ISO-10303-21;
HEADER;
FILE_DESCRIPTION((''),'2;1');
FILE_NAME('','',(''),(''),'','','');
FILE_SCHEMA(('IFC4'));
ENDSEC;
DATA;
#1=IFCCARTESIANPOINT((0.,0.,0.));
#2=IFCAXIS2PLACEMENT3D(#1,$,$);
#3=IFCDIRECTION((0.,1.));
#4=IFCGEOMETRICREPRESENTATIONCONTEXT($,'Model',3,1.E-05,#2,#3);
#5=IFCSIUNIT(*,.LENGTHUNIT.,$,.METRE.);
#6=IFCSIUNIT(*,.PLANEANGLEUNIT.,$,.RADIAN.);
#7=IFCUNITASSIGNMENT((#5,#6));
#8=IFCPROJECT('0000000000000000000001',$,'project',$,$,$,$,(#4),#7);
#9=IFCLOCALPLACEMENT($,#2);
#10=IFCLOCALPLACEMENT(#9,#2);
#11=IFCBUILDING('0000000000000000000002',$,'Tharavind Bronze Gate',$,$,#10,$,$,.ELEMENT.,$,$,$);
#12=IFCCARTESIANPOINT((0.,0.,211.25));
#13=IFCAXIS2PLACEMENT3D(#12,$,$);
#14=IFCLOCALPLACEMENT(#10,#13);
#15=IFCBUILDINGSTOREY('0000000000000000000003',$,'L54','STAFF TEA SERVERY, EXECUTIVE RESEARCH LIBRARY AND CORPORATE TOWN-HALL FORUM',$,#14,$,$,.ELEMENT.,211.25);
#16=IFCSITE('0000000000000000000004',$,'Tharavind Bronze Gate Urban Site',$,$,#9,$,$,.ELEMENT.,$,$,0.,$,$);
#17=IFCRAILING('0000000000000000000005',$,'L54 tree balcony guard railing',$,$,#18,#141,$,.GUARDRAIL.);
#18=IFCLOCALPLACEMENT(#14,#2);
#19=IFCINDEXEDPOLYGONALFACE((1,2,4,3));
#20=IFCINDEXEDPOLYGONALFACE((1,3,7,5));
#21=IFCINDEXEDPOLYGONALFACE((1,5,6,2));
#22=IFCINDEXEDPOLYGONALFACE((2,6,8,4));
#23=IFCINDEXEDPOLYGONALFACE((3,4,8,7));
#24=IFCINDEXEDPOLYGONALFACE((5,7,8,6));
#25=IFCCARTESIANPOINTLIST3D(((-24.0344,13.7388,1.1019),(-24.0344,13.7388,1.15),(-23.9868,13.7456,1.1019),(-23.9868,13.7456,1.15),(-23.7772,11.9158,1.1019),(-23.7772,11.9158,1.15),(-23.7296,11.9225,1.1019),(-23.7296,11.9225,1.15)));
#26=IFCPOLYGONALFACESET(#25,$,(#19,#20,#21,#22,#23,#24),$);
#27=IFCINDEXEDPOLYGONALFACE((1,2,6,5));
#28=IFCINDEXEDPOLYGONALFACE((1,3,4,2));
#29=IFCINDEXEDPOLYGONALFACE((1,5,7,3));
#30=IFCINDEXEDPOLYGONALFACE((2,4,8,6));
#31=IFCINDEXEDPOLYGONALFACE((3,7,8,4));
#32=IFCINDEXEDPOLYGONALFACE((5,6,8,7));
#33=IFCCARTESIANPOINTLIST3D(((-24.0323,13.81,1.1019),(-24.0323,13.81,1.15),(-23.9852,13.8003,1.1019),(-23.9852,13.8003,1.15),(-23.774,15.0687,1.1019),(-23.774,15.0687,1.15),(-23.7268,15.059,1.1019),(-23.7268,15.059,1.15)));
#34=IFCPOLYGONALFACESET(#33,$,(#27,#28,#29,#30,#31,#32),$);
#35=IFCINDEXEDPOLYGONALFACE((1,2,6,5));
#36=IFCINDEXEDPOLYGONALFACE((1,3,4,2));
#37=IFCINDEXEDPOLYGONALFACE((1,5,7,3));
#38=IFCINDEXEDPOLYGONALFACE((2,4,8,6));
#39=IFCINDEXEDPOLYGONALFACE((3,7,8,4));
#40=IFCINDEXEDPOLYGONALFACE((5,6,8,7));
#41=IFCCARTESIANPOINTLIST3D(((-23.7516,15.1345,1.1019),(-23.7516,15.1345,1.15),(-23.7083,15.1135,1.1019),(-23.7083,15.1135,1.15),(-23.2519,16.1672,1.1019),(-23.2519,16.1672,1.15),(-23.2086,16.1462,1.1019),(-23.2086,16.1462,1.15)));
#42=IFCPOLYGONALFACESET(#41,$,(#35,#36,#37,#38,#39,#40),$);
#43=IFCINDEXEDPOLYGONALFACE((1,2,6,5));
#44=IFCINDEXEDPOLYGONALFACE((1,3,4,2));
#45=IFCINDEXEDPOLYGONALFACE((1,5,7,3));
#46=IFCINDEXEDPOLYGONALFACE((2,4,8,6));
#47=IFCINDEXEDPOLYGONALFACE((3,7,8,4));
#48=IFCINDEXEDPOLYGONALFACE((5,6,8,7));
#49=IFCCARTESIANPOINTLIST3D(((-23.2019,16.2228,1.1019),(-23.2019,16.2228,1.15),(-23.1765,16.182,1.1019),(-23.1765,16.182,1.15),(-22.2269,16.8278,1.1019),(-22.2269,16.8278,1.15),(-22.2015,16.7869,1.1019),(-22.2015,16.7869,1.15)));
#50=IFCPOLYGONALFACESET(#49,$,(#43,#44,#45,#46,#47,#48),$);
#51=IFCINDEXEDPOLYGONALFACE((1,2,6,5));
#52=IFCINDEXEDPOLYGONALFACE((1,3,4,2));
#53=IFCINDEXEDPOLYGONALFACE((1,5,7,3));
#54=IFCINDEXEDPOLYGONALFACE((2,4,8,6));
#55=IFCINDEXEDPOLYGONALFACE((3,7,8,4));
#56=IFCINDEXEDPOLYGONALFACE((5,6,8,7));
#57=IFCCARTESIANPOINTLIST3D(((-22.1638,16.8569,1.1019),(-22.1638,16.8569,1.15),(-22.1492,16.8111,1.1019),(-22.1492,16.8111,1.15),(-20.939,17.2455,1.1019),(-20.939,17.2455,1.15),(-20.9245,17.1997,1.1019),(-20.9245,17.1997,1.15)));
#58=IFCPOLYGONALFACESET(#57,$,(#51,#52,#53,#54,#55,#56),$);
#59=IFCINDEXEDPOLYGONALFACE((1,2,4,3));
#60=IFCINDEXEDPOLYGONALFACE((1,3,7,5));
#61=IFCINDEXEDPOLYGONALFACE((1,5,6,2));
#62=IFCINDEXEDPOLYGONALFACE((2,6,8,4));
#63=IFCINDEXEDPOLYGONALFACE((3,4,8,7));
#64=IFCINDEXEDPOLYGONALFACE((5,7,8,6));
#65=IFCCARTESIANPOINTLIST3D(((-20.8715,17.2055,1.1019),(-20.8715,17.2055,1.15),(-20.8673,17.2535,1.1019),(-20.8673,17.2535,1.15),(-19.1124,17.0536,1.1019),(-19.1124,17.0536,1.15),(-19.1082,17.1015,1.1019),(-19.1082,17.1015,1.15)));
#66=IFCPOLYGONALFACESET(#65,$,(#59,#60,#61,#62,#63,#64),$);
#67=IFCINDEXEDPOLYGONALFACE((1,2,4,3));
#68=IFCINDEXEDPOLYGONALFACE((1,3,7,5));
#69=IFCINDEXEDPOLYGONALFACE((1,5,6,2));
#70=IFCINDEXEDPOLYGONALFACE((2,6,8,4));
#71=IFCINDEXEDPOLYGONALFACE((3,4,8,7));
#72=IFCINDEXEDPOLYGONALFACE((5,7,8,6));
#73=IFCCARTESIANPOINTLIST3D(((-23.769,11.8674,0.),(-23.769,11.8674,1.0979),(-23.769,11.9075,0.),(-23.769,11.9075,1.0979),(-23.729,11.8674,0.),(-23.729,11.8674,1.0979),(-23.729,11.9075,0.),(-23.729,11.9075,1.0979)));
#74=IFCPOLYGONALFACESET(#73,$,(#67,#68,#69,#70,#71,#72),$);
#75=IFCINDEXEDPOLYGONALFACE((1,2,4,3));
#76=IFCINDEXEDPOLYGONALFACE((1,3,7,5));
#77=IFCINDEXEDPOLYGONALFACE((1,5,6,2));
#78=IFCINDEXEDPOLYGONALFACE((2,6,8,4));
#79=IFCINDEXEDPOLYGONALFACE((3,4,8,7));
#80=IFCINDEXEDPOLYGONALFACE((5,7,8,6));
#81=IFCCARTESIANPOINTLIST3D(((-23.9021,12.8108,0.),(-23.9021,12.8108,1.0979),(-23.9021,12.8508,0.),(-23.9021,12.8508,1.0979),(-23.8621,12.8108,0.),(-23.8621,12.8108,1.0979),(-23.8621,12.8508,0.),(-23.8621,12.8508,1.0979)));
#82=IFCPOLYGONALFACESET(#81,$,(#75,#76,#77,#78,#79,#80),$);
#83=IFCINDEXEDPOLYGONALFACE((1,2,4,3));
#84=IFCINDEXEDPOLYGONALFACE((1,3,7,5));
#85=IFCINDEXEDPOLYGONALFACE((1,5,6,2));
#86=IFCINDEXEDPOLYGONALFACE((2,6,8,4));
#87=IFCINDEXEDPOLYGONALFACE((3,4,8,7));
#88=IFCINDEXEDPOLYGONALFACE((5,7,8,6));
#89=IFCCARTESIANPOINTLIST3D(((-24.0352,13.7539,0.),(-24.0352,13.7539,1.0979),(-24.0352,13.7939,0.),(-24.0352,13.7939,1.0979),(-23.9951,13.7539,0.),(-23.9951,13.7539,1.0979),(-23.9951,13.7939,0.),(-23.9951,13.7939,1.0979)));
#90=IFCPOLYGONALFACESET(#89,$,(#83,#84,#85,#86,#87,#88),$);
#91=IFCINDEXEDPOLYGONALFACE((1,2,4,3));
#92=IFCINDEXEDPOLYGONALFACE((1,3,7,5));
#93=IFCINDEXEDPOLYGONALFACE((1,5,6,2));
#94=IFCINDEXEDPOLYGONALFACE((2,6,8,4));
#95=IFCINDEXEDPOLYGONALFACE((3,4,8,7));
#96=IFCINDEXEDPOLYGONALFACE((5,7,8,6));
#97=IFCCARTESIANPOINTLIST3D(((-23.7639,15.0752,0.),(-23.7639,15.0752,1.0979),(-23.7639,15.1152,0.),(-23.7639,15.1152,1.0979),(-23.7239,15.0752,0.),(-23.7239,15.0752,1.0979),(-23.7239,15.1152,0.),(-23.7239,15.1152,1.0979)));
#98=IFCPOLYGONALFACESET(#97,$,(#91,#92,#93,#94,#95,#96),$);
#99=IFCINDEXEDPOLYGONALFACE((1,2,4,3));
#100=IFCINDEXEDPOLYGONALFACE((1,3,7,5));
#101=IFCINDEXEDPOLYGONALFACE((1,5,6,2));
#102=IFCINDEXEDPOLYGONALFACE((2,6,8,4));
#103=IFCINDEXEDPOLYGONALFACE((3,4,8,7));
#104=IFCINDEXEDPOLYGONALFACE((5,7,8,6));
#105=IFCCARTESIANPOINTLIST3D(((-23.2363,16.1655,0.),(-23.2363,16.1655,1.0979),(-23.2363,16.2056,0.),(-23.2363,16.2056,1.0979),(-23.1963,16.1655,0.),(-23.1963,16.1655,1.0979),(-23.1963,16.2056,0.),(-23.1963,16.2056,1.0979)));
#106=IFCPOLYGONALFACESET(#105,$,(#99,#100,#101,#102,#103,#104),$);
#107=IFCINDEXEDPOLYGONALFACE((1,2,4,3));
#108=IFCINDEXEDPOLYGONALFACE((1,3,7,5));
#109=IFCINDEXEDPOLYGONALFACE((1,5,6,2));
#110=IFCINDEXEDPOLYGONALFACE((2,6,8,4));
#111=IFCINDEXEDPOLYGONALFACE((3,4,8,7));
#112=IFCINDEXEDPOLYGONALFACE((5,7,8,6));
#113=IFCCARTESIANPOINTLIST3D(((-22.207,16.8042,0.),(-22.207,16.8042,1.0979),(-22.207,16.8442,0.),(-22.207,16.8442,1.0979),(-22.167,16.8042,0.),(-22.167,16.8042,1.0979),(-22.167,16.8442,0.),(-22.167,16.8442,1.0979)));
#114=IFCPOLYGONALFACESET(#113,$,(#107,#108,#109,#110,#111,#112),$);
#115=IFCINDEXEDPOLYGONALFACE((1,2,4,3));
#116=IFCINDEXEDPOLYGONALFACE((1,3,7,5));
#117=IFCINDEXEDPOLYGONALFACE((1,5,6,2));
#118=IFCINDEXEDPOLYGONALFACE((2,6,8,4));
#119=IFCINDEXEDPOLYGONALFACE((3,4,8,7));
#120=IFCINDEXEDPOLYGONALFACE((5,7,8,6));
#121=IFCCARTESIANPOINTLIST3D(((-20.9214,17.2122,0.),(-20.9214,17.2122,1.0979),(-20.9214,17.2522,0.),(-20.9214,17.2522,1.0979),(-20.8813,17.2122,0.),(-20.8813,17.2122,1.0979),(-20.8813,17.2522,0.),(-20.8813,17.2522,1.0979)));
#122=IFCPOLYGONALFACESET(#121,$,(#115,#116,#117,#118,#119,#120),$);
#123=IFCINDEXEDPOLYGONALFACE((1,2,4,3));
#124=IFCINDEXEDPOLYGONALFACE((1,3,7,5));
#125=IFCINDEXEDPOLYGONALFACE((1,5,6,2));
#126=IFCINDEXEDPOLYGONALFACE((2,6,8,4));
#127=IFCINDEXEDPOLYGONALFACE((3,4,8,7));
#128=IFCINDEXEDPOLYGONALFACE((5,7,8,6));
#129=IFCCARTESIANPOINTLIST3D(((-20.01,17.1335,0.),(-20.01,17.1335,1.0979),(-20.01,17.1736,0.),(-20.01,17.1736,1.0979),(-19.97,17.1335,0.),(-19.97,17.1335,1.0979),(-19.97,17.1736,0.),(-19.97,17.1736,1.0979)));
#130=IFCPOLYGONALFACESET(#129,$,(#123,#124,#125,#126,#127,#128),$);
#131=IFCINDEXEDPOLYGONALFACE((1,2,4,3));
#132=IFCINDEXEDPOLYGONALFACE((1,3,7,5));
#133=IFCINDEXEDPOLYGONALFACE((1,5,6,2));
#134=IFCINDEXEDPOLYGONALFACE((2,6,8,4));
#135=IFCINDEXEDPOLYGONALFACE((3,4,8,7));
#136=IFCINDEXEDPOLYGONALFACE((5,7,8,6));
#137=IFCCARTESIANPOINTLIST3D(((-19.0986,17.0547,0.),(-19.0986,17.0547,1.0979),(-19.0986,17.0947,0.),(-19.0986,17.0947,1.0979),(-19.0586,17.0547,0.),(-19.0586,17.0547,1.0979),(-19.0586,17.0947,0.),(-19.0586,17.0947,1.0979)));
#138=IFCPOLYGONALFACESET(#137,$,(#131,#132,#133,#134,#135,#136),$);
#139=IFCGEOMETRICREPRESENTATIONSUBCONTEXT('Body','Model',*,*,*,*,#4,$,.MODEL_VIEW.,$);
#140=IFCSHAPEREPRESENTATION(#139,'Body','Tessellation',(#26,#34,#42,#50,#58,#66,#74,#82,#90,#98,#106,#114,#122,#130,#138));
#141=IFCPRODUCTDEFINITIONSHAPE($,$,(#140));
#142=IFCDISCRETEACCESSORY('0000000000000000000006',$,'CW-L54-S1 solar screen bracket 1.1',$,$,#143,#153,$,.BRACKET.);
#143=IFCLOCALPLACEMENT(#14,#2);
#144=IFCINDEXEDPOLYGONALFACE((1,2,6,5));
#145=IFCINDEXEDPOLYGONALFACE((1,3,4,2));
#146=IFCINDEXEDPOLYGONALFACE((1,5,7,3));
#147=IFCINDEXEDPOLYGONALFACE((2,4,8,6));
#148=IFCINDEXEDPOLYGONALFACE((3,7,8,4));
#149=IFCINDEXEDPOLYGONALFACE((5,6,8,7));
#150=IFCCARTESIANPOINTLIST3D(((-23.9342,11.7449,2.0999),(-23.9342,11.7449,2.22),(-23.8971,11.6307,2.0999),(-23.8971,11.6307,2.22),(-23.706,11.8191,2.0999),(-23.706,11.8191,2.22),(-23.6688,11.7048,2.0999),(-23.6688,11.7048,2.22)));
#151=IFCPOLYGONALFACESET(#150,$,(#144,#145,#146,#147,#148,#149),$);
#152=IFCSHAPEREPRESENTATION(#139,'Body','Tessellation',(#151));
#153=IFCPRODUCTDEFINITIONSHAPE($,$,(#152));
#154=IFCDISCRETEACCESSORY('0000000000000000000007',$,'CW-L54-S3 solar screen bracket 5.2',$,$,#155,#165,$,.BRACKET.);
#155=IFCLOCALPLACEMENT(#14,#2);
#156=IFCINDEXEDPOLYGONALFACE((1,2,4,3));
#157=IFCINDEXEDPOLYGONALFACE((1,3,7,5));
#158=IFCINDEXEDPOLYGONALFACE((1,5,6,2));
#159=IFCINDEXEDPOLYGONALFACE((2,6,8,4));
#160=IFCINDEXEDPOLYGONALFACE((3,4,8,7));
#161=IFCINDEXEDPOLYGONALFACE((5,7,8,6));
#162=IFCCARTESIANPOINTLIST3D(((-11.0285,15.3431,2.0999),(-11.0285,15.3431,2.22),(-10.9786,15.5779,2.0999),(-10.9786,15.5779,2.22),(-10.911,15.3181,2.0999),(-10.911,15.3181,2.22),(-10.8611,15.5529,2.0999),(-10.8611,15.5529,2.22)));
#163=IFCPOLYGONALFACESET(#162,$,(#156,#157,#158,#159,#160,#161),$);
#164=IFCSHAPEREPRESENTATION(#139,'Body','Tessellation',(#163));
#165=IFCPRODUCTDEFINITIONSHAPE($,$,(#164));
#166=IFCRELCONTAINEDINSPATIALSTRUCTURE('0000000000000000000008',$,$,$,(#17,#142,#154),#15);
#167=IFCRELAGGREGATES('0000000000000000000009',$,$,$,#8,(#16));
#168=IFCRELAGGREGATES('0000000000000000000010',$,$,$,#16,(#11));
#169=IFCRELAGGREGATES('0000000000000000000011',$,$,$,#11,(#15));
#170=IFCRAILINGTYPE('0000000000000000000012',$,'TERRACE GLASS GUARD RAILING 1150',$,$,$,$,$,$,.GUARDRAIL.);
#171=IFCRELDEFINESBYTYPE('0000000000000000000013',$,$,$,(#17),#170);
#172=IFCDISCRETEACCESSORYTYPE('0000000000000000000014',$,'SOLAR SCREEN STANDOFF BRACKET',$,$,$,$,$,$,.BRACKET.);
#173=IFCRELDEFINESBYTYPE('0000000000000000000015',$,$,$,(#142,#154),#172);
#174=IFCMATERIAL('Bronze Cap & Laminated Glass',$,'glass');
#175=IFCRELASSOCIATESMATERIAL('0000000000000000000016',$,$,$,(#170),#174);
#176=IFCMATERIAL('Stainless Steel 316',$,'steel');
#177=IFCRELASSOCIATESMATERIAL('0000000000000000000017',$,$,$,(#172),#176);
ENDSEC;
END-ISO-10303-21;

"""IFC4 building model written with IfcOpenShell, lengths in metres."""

from ifc_helpers import new_model, si_unit, direction, frame, origin, origin_2d, place, context, subcontext, project, spatial, rectangle, extrude, material, type_object, element, save


model = new_model("IFC4")

# Units and contexts
model_context = context("Model", 3, precision=1e-05, world=origin(), true_north=direction((0.0, 1.0)))
body_context = subcontext(model_context, "Body", "Model", "MODEL_VIEW")
ifc_project = project(units=[si_unit("LENGTHUNIT", "METRE"), si_unit("PLANEANGLEUNIT", "RADIAN")], contexts=[model_context])

# Site, building, storey
site_placement = place(None, origin())
site = spatial("IfcSite", under=ifc_project, at=site_placement, Name="Tharavind Bronze Gate Urban Site", CompositionType="ELEMENT", RefElevation=0.0)
building_placement = place(site_placement, origin())
building = spatial("IfcBuilding", under=site, at=building_placement, Name="Tharavind Bronze Gate", CompositionType="ELEMENT")
storey_placement = place(building_placement, frame((0.0, 0.0, 211.25)))
storey = spatial("IfcBuildingStorey", under=building, at=storey_placement, Name="L54", Description="STAFF TEA SERVERY, EXECUTIVE RESEARCH LIBRARY AND CORPORATE TOWN-HALL FORUM", CompositionType="ELEMENT", Elevation=211.25)

# Railing
ifc_material_1 = material(Name="Bronze Cap & Laminated Glass", Category="glass")
railing_type = type_object("IfcRailingType", Name="TERRACE GLASS GUARD RAILING 1150", PredefinedType="GUARDRAIL", material=ifc_material_1)
railing_placement = place(storey_placement, frame((-23.749, 11.8875, 0.0)))
element("IfcRailing", 1, at=railing_placement, inside=storey, type_object=railing_type, Name="L54 tree balcony guard railing", PredefinedType="GUARDRAIL", context=body_context, shape_type="SweptSolid", body=[
    extrude(rectangle(XDim=0.0481, YDim=0.0481, at=origin_2d()), frame((-0.0044, 0.0317, 1.126), z_axis=(-0.139681, 0.990197, 0.0), x_axis=(-0.990197, -0.139681, 0.0)), (0.0, 0.0, 1.0), 1.8411),
    extrude(rectangle(XDim=0.0481, YDim=0.0481, at=origin_2d()), frame((-0.2598, 1.9177, 1.126), z_axis=(0.201091, 0.979573, 0.0), x_axis=(-0.979573, 0.201091, 0.0)), (0.0, 0.0, 1.0), 1.2849),
    extrude(rectangle(XDim=0.0481, YDim=0.0481, at=origin_2d()), frame((0.019, 3.2366, 1.126), z_axis=(0.435566, 0.900157, 0.0), x_axis=(-0.900157, 0.435566, 0.0)), (0.0, 0.0, 1.0), 1.1472),
    extrude(rectangle(XDim=0.0481, YDim=0.0481, at=origin_2d()), frame((0.5598, 4.3149, 1.126), z_axis=(0.849715, 0.527242, 0.0), x_axis=(-0.527242, 0.849715, 0.0)), (0.0, 0.0, 1.0), 1.1475),
    extrude(rectangle(XDim=0.0481, YDim=0.0481, at=origin_2d()), frame((1.5925, 4.9465, 1.126), z_axis=(0.953163, 0.302456, 0.0), x_axis=(-0.302456, 0.953163, 0.0)), (0.0, 0.0, 1.0), 1.2849),
    extrude(rectangle(XDim=0.0481, YDim=0.0481, at=origin_2d()), frame((2.8796, 5.342, 1.126), z_axis=(0.996289, -0.086071, 0.0), x_axis=(0.086071, 0.996289, 0.0)), (0.0, 0.0, 1.0), 1.7656),
    extrude(rectangle(XDim=0.04, YDim=0.04, at=origin_2d()), origin(), (0.0, 0.0, 1.0), 1.0979),
    extrude(rectangle(XDim=0.04, YDim=0.04, at=origin_2d()), frame((-0.1331, 0.9434, 0.0)), (0.0, 0.0, 1.0), 1.0979),
    extrude(rectangle(XDim=0.04, YDim=0.04, at=origin_2d()), frame((-0.2661, 1.8865, 0.0)), (0.0, 0.0, 1.0), 1.0979),
    extrude(rectangle(XDim=0.04, YDim=0.04, at=origin_2d()), frame((0.0051, 3.2078, 0.0)), (0.0, 0.0, 1.0), 1.0979),
    extrude(rectangle(XDim=0.04, YDim=0.04, at=origin_2d()), frame((0.5327, 4.2981, 0.0)), (0.0, 0.0, 1.0), 1.0979),
    extrude(rectangle(XDim=0.04, YDim=0.04, at=origin_2d()), frame((1.562, 4.9368, 0.0)), (0.0, 0.0, 1.0), 1.0979),
    extrude(rectangle(XDim=0.04, YDim=0.04, at=origin_2d()), frame((2.8477, 5.3447, 0.0)), (0.0, 0.0, 1.0), 1.0979),
    extrude(rectangle(XDim=0.04, YDim=0.04, at=origin_2d()), frame((3.759, 5.2661, 0.0)), (0.0, 0.0, 1.0), 1.0979),
    extrude(rectangle(XDim=0.04, YDim=0.04, at=origin_2d()), frame((4.6704, 5.1873, 0.0)), (0.0, 0.0, 1.0), 1.0979),
])

# Discrete accessories
ifc_material_2 = material(Name="Stainless Steel 316", Category="steel")
discrete_accessory_type = type_object("IfcDiscreteAccessoryType", Name="SOLAR SCREEN STANDOFF BRACKET", PredefinedType="BRACKET", material=ifc_material_2)
for number, where, z_axis, x_axis, name in (
    (2, (-23.8015, 11.7249, 2.0999), (0.0, 0.0, 1.0), (0.309017, -0.951057, 0.0), "CW-L54-S1 solar screen bracket 1.1"),
    (3, (-10.9448, 15.448, 2.0999), (0.0, 0.0, 1.0), (-0.978148, 0.207912, 0.0), "CW-L54-S3 solar screen bracket 5.2"),
):
    element("IfcDiscreteAccessory", number, at=place(storey_placement, frame(where, z_axis=z_axis, x_axis=x_axis)), inside=storey, type_object=discrete_accessory_type, Name=name, PredefinedType="BRACKET", context=body_context, shape_type="SweptSolid", body=[
        extrude(rectangle(XDim=0.1201, YDim=0.24, at=origin_2d()), origin(), (0.0, 0.0, 1.0), 0.1201),
    ])

save(model, "model.ifc")
